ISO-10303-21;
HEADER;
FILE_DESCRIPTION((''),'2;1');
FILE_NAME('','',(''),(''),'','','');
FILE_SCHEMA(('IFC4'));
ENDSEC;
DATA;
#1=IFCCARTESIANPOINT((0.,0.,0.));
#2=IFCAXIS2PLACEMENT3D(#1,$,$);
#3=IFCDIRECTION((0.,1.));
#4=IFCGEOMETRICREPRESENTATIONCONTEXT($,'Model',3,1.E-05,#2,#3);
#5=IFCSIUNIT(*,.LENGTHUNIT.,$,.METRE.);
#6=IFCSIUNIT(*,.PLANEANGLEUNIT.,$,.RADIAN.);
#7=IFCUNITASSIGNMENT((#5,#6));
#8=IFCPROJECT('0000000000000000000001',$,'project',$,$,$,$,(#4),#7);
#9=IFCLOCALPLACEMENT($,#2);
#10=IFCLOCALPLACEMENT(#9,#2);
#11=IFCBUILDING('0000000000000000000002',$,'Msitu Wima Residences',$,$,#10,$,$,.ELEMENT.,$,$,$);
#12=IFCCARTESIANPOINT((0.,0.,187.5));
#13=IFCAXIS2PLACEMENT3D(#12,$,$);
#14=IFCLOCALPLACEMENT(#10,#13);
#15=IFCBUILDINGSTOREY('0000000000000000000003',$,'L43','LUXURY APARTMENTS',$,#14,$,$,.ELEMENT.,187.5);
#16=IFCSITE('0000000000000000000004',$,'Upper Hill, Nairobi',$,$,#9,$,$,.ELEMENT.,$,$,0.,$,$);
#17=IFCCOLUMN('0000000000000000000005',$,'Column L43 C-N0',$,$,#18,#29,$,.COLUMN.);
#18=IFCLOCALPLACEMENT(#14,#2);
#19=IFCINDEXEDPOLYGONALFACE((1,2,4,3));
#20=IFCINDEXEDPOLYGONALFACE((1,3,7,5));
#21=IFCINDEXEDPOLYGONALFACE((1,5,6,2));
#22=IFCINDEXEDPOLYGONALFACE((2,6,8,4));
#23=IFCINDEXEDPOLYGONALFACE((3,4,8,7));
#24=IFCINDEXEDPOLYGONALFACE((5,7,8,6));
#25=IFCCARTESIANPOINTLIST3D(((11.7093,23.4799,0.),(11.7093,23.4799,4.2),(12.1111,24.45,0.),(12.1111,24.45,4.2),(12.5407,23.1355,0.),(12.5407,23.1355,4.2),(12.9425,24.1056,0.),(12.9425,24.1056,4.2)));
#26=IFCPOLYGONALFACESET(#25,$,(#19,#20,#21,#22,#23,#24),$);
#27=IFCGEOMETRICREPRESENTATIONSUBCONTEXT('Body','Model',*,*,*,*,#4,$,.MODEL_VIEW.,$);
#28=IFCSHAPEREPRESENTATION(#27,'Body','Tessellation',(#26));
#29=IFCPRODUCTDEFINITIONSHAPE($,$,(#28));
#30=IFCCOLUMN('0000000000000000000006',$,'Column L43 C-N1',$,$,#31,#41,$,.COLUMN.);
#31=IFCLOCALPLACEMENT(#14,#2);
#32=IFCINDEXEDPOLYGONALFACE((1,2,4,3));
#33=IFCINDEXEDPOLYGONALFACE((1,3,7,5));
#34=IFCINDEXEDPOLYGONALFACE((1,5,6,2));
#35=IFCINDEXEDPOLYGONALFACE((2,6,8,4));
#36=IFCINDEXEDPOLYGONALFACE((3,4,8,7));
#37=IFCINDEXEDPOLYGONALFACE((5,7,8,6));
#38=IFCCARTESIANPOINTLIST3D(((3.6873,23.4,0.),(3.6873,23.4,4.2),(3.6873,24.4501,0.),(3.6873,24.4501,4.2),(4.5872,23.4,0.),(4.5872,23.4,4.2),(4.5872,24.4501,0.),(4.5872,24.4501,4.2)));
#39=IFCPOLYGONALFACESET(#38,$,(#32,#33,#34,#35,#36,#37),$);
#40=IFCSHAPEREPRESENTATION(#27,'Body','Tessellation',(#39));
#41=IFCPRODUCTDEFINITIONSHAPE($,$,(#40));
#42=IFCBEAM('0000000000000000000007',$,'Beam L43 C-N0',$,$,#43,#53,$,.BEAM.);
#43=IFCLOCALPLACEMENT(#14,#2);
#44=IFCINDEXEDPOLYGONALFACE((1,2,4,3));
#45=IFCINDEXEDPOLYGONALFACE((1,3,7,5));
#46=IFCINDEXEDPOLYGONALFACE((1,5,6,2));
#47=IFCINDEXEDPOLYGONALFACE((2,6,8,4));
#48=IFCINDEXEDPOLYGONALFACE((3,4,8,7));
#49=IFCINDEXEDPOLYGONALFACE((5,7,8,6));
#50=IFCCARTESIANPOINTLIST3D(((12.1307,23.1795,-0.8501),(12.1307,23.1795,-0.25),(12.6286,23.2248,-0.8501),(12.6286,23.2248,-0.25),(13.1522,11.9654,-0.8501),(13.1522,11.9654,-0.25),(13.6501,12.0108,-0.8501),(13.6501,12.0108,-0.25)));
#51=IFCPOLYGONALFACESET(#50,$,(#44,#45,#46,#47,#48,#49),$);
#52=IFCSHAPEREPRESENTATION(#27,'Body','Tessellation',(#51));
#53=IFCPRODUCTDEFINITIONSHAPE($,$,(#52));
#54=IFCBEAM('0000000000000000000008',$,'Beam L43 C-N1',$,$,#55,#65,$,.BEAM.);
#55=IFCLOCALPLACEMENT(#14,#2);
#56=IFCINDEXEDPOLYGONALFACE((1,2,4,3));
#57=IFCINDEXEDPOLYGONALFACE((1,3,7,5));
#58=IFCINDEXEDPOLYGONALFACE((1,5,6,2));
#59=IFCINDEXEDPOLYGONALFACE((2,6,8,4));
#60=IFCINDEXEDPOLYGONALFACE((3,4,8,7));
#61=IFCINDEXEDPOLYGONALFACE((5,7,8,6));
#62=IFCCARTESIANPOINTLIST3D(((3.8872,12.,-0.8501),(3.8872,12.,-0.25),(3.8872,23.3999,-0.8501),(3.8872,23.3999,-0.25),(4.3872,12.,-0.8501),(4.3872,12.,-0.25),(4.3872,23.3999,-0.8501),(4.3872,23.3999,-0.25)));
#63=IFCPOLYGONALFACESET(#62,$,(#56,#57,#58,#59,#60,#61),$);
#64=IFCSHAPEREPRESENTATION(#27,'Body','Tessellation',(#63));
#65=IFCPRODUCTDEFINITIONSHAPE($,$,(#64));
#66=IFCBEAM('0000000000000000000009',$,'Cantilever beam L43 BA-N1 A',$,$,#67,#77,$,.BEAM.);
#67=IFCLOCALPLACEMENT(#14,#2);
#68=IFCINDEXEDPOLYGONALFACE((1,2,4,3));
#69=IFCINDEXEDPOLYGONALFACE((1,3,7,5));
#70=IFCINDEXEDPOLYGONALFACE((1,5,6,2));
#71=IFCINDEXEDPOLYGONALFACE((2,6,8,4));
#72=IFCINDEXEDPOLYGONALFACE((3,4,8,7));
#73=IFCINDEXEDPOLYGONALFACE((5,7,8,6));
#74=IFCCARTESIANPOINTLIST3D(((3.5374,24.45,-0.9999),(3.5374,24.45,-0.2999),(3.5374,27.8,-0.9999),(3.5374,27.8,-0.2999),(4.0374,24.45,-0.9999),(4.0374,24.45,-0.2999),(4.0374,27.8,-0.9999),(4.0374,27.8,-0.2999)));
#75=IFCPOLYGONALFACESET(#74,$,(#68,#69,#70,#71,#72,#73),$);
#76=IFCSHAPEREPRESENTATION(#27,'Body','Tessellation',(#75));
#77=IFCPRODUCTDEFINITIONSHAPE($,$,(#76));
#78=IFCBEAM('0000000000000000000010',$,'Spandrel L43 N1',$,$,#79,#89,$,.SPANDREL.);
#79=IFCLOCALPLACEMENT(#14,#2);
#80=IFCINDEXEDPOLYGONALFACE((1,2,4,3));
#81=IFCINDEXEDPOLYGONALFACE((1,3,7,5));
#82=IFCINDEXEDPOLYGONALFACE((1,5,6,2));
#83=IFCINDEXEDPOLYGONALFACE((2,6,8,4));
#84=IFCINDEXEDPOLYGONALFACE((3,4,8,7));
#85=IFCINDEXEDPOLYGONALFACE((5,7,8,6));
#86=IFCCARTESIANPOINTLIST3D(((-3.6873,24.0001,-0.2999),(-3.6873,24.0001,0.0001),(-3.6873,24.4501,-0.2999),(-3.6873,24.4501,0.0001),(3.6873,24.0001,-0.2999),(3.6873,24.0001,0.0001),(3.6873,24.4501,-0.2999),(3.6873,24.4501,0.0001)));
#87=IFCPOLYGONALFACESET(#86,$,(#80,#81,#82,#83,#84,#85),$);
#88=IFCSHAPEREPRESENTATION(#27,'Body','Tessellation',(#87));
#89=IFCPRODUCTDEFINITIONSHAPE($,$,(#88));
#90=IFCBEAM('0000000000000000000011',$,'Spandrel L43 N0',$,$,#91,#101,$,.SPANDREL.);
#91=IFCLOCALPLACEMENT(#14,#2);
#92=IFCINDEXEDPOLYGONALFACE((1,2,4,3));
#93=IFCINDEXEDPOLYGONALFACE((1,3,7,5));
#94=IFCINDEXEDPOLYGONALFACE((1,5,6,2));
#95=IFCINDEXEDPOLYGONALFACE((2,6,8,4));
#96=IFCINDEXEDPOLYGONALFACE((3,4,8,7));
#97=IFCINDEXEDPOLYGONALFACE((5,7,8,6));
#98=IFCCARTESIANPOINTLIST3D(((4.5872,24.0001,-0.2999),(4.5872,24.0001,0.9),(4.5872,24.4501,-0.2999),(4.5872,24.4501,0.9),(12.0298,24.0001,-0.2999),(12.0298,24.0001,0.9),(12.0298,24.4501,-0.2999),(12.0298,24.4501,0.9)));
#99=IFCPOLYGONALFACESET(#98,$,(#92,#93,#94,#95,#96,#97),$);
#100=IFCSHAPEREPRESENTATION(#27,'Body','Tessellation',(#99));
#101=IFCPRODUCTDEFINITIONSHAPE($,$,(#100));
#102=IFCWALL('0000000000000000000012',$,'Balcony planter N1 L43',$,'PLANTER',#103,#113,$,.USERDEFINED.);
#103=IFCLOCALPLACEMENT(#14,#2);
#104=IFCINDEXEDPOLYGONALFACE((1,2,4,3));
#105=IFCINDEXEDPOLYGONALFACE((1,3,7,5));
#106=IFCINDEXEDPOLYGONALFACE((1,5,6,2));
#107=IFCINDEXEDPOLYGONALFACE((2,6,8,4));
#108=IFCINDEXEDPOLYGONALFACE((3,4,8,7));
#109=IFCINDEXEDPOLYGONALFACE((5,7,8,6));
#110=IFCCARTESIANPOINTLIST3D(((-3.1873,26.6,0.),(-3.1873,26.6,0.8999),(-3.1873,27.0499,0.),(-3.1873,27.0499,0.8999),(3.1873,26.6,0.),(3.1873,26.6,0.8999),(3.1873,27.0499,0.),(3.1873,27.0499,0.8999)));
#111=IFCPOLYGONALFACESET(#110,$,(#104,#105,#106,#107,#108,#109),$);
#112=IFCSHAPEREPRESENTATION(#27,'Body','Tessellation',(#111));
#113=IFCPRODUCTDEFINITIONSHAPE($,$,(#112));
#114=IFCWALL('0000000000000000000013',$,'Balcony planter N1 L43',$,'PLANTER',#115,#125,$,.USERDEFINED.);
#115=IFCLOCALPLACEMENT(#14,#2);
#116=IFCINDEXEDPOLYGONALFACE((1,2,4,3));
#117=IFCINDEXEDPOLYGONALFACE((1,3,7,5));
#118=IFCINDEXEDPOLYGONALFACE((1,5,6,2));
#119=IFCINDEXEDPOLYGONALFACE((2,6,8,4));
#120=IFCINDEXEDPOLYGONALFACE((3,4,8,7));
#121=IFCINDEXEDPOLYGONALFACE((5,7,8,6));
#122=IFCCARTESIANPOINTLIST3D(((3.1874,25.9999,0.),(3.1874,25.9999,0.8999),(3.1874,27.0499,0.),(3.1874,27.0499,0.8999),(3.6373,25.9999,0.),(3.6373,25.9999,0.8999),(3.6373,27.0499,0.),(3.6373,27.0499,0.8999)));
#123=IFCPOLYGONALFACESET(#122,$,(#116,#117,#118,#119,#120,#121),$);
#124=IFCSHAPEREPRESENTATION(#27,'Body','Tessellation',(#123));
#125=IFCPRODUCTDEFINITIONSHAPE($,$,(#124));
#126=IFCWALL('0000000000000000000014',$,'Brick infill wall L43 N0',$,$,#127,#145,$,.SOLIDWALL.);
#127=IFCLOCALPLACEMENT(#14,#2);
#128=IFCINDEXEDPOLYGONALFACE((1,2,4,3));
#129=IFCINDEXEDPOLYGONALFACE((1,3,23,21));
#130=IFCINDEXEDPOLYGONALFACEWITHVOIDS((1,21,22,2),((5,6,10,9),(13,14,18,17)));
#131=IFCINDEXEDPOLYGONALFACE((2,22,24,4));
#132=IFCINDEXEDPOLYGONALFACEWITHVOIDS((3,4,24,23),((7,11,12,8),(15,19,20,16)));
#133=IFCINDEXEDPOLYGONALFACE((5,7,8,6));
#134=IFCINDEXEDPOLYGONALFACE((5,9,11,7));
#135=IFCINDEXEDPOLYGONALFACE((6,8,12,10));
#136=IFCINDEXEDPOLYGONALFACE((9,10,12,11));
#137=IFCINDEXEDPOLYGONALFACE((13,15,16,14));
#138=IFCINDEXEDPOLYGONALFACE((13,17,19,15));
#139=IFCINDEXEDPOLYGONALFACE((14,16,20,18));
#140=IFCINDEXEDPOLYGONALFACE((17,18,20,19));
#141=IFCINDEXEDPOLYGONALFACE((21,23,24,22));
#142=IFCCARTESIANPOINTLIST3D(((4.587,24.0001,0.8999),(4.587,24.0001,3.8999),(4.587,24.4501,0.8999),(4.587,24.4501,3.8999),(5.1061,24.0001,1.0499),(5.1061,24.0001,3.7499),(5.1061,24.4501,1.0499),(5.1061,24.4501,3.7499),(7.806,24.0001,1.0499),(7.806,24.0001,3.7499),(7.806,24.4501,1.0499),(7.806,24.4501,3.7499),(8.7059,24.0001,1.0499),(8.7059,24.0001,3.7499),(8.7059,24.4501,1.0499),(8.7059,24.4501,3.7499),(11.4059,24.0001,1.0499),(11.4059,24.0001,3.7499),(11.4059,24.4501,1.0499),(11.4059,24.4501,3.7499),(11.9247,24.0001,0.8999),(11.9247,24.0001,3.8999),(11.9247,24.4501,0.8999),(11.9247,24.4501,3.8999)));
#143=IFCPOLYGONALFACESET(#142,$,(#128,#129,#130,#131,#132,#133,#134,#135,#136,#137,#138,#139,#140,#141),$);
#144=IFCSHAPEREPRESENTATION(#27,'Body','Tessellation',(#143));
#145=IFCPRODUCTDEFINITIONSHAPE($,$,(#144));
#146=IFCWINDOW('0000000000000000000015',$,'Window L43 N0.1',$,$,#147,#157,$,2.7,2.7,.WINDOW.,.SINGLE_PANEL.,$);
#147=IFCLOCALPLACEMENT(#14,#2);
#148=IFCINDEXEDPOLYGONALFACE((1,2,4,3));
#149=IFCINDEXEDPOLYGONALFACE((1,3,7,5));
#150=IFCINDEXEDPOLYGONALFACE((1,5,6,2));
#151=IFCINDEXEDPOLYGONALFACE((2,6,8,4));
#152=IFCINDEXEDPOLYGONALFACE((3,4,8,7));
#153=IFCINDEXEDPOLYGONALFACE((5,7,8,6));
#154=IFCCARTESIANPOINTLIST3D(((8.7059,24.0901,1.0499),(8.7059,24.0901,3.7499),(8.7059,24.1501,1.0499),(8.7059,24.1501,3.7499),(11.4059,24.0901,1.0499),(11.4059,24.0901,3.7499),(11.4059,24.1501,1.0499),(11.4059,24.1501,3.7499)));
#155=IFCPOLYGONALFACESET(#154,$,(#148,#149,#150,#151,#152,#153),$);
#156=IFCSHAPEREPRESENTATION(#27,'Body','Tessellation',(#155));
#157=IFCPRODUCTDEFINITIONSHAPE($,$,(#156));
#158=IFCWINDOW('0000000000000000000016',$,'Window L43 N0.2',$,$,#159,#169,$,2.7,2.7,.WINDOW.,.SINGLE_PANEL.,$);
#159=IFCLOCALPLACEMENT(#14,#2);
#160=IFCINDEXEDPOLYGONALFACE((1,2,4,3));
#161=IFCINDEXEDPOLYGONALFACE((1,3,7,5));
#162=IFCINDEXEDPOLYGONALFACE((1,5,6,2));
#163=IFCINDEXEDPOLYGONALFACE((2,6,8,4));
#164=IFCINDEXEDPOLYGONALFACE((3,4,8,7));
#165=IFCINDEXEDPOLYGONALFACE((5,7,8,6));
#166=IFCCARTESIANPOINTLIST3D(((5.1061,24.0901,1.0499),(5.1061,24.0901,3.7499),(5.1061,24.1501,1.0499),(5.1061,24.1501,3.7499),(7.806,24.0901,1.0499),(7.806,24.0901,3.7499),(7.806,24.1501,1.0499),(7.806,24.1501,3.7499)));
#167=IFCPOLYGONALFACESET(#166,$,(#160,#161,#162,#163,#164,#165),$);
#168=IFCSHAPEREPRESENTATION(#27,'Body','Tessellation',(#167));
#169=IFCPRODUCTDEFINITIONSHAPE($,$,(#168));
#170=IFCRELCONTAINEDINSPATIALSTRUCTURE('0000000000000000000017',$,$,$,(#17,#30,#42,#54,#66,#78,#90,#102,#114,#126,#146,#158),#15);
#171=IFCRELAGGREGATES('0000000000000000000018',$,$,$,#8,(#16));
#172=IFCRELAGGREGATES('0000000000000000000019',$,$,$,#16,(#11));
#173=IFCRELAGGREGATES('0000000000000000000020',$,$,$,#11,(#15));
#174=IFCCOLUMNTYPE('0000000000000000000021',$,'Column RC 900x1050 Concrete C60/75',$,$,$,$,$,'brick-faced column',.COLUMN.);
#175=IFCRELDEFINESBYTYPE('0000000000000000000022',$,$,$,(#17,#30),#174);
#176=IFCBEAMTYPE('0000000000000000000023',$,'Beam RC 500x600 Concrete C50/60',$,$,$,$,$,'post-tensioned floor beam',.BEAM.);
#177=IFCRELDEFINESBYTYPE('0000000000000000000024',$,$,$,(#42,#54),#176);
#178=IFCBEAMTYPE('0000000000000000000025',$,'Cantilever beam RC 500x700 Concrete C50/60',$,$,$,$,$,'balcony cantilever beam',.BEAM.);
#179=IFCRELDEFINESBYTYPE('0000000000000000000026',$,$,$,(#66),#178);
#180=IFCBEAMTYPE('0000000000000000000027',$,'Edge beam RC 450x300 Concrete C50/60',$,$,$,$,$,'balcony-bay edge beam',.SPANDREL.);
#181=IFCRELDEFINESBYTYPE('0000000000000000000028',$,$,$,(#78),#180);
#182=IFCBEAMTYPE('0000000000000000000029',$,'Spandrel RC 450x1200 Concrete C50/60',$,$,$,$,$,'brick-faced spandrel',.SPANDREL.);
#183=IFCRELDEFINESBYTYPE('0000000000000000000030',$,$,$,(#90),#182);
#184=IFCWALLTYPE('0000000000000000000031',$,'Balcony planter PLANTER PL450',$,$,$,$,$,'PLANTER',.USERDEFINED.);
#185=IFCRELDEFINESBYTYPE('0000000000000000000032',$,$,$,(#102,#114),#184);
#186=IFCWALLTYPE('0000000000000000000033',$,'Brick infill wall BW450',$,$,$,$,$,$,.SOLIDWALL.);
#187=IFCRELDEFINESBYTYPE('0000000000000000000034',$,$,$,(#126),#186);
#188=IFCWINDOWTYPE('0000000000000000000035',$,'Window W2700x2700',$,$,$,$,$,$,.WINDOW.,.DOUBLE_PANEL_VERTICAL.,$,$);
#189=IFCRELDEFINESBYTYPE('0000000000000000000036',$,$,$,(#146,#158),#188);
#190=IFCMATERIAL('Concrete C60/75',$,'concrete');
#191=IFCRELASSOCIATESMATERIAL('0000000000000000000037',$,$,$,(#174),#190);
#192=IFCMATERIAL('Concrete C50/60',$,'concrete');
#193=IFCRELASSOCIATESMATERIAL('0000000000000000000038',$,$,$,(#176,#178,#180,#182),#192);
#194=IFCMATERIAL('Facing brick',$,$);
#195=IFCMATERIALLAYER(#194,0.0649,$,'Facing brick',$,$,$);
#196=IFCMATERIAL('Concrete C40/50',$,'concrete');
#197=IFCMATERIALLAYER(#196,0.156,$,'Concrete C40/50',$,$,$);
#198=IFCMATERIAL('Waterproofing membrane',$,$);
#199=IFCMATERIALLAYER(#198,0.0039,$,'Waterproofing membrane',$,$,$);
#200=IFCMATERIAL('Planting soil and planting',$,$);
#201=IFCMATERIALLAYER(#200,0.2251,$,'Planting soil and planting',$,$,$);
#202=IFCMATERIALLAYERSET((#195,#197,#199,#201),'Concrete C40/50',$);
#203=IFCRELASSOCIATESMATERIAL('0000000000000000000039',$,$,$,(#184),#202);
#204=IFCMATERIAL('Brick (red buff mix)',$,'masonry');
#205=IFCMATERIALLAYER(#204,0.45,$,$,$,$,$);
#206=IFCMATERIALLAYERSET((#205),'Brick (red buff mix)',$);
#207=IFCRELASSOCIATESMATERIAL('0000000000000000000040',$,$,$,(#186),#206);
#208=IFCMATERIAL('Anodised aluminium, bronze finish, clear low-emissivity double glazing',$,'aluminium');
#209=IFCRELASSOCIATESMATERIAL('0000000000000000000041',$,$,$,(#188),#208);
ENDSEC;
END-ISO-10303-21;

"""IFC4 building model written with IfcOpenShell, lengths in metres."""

from ifc_helpers import new_model, si_unit, direction, frame, frame_2d, origin, origin_2d, place, context, subcontext, project, spatial, rectangle, extrude, material, layer, layer_set, material_profile, profile_set, type_object, element, fill, save


model = new_model("IFC4")

# Units and contexts
model_context = context("Model", 3, precision=1e-05, world=origin(), true_north=direction((0.0, 1.0)))
body_context = subcontext(model_context, "Body", "Model", "MODEL_VIEW")
ifc_project = project(units=[si_unit("LENGTHUNIT", "METRE"), si_unit("PLANEANGLEUNIT", "RADIAN")], contexts=[model_context])

# Site, building, storey
site_placement = place(None, origin())
site = spatial("IfcSite", under=ifc_project, at=site_placement, Name="Upper Hill, Nairobi", CompositionType="ELEMENT", RefElevation=0.0)
building_placement = place(site_placement, origin())
building = spatial("IfcBuilding", under=site, at=building_placement, Name="Msitu Wima Residences", CompositionType="ELEMENT")
storey_placement = place(building_placement, frame((0.0, 0.0, 187.5)))
storey = spatial("IfcBuildingStorey", under=building, at=storey_placement, Name="L43", Description="LUXURY APARTMENTS", CompositionType="ELEMENT", Elevation=187.5)

# Columns
ifc_material_1 = material(Name="Concrete C60/75", Category="concrete")
ifc_material_profile_1 = material_profile(ifc_material_1, rectangle(XDim=0.8999, YDim=1.05, at=origin_2d()), Name="RC 900x1050")
ifc_profile_set_1 = profile_set([ifc_material_profile_1], Name="Concrete C60/75")
column_type = type_object("IfcColumnType", Name="Column RC 900x1050 Concrete C60/75", ElementType="brick-faced column", PredefinedType="COLUMN", material=ifc_profile_set_1)
for number, where, z_axis, x_axis, name in (
    (1, (12.3259, 23.7927, 0.0), (0.0, 0.0, 1.0), (-0.92388, 0.382683, 0.0), "Column L43 C-N0"),
    (2, (4.1372, 23.925, 0.0), (0.0, 0.0, 1.0), (-1.0, 0.0, 0.0), "Column L43 C-N1"),
):
    element("IfcColumn", number, at=place(storey_placement, frame(where, z_axis=z_axis, x_axis=x_axis)), inside=storey, type_object=column_type, Name=name, PredefinedType="COLUMN", context=body_context, shape_type="SweptSolid", body=[
        extrude(rectangle(XDim=0.8999, YDim=1.05, at=origin_2d()), origin(), (0.0, 0.0, 1.0), 4.2),
    ])

# Beams
ifc_material_2 = material(Name="Concrete C50/60", Category="concrete")
ifc_material_profile_2 = material_profile(ifc_material_2, rectangle(XDim=0.5, YDim=0.6001, at=origin_2d()), Name="RC 500x600")
ifc_profile_set_2 = profile_set([ifc_material_profile_2], Name="Concrete C50/60")
beam_type_1 = type_object("IfcBeamType", Name="Beam RC 500x600 Concrete C50/60", ElementType="post-tensioned floor beam", PredefinedType="BEAM", material=ifc_profile_set_2)
beam_1_placement = place(storey_placement, frame((12.3796, 23.2021, -0.55), z_axis=(0.090714, -0.995877, 0.0), x_axis=(0.995877, 0.090714, 0.0)))
element("IfcBeam", 3, at=beam_1_placement, inside=storey, type_object=beam_type_1, Name="Beam L43 C-N0", PredefinedType="BEAM", context=body_context, shape_type="SweptSolid", body=[
    extrude(rectangle(XDim=0.5, YDim=0.6001, at=origin_2d()), origin(), (0.0, 0.0, 1.0), 11.2605),
])
beam_2_placement = place(storey_placement, frame((4.1372, 23.3999, -0.55), z_axis=(0.0, -1.0, 0.0), x_axis=(1.0, 0.0, 0.0)))
element("IfcBeam", 4, at=beam_2_placement, inside=storey, type_object=beam_type_1, Name="Beam L43 C-N1", PredefinedType="BEAM", context=body_context, shape_type="SweptSolid", body=[
    extrude(rectangle(XDim=0.5, YDim=0.6001, at=origin_2d()), origin(), (0.0, 0.0, 1.0), 11.3999),
])
ifc_material_profile_3 = material_profile(ifc_material_2, rectangle(XDim=0.5, YDim=0.7, at=origin_2d()), Name="RC 500x700")
ifc_profile_set_3 = profile_set([ifc_material_profile_3], Name="Concrete C50/60")
beam_type_2 = type_object("IfcBeamType", Name="Cantilever beam RC 500x700 Concrete C50/60", ElementType="balcony cantilever beam", PredefinedType="BEAM", material=ifc_profile_set_3)
beam_3_placement = place(storey_placement, frame((3.7874, 24.45, -0.6499), z_axis=(0.0, 1.0, 0.0), x_axis=(-1.0, 0.0, 0.0)))
element("IfcBeam", 5, at=beam_3_placement, inside=storey, type_object=beam_type_2, Name="Cantilever beam L43 BA-N1 A", PredefinedType="BEAM", context=body_context, shape_type="SweptSolid", body=[
    extrude(rectangle(XDim=0.5, YDim=0.7, at=origin_2d()), origin(), (0.0, 0.0, 1.0), 3.3501),
])
ifc_material_profile_4 = material_profile(ifc_material_2, rectangle(XDim=0.45, YDim=0.3, at=origin_2d()), Name="RC 450x300")
ifc_profile_set_4 = profile_set([ifc_material_profile_4], Name="Concrete C50/60")
beam_type_3 = type_object("IfcBeamType", Name="Edge beam RC 450x300 Concrete C50/60", ElementType="balcony-bay edge beam", PredefinedType="SPANDREL", material=ifc_profile_set_4)
beam_4_placement = place(storey_placement, frame((3.6873, 24.2251, -0.1499), z_axis=(-1.0, 0.0, 0.0), x_axis=(0.0, -1.0, 0.0)))
element("IfcBeam", 6, at=beam_4_placement, inside=storey, type_object=beam_type_3, Name="Spandrel L43 N1", PredefinedType="SPANDREL", context=body_context, shape_type="SweptSolid", body=[
    extrude(rectangle(XDim=0.45, YDim=0.3, at=origin_2d()), origin(), (0.0, 0.0, 1.0), 7.3745),
])
ifc_material_profile_5 = material_profile(ifc_material_2, rectangle(XDim=0.45, YDim=1.2, at=origin_2d()), Name="RC 450x1200")
ifc_profile_set_5 = profile_set([ifc_material_profile_5], Name="Concrete C50/60")
beam_type_4 = type_object("IfcBeamType", Name="Spandrel RC 450x1200 Concrete C50/60", ElementType="brick-faced spandrel", PredefinedType="SPANDREL", material=ifc_profile_set_5)
beam_5_placement = place(storey_placement, frame((12.0298, 24.2251, 0.3), z_axis=(-1.0, 0.0, 0.0), x_axis=(0.0, -1.0, 0.0)))
element("IfcBeam", 7, at=beam_5_placement, inside=storey, type_object=beam_type_4, Name="Spandrel L43 N0", PredefinedType="SPANDREL", context=body_context, shape_type="SweptSolid", body=[
    extrude(rectangle(XDim=0.45, YDim=1.2, at=origin_2d()), origin(), (0.0, 0.0, 1.0), 7.4426),
])

# Walls
ifc_material_3 = material(Name="Facing brick")
ifc_layer_1 = layer(ifc_material_3, 0.0649, Name="Facing brick")
ifc_material_4 = material(Name="Concrete C40/50", Category="concrete")
ifc_layer_2 = layer(ifc_material_4, 0.156, Name="Concrete C40/50")
ifc_material_5 = material(Name="Waterproofing membrane")
ifc_layer_3 = layer(ifc_material_5, 0.0039, Name="Waterproofing membrane")
ifc_material_6 = material(Name="Planting soil and planting")
ifc_layer_4 = layer(ifc_material_6, 0.2251, Name="Planting soil and planting")
ifc_layer_set_1 = layer_set([ifc_layer_1, ifc_layer_2, ifc_layer_3, ifc_layer_4], Name="Concrete C40/50")
wall_type_1 = type_object("IfcWallType", Name="Balcony planter PLANTER PL450", ElementType="PLANTER", PredefinedType="USERDEFINED", material=ifc_layer_set_1)
wall_1_placement = place(storey_placement, frame((3.1873, 26.825, 0.0), z_axis=(0.0, 0.0, 1.0), x_axis=(-1.0, 0.0, 0.0)))
element("IfcWall", 8, at=wall_1_placement, inside=storey, type_object=wall_type_1, Name="Balcony planter N1 L43", ObjectType="PLANTER", PredefinedType="USERDEFINED", context=body_context, shape_type="SweptSolid", body=[
    extrude(rectangle(XDim=6.3745, YDim=0.45, at=frame_2d((3.1873, 0.0))), origin(), (0.0, 0.0, 1.0), 0.8999),
])
wall_2_placement = place(storey_placement, frame((3.4124, 26.0, 0.0), z_axis=(0.0, 0.0, 1.0), x_axis=(0.0, 1.0, 0.0)))
element("IfcWall", 9, at=wall_2_placement, inside=storey, type_object=wall_type_1, Name="Balcony planter N1 L43", ObjectType="PLANTER", PredefinedType="USERDEFINED", context=body_context, shape_type="SweptSolid", body=[
    extrude(rectangle(XDim=1.05, YDim=0.45, at=frame_2d((0.5249, 0.0))), origin(), (0.0, 0.0, 1.0), 0.8999),
])

# Wall, openings, windows
ifc_material_7 = material(Name="Brick (red buff mix)", Category="masonry")
ifc_layer_5 = layer(ifc_material_7, 0.45)
ifc_layer_set_2 = layer_set([ifc_layer_5], Name="Brick (red buff mix)")
wall_type_2 = type_object("IfcWallType", Name="Brick infill wall BW450", PredefinedType="SOLIDWALL", material=ifc_layer_set_2)
wall_3_placement = place(storey_placement, frame((11.9248, 24.2251, 0.8999), z_axis=(0.0, 0.0, 1.0), x_axis=(-1.0, 0.0, 0.0)))
wall_3 = element("IfcWall", 10, at=wall_3_placement, inside=storey, type_object=wall_type_2, Name="Brick infill wall L43 N0", PredefinedType="SOLIDWALL", context=body_context, shape_type="SweptSolid", body=[
    extrude(rectangle(XDim=7.3376, YDim=0.45, at=frame_2d((3.6689, 0.0))), origin(), (0.0, 0.0, 1.0), 3.0),
])
opening_1_placement = place(wall_3_placement, frame((0.5188, 0.0, 0.1499)))
opening_1 = element("IfcOpeningElement", 11, at=opening_1_placement, cuts=wall_3, PredefinedType="OPENING", context=body_context, shape_type="SweptSolid", body=[
    extrude(rectangle(XDim=2.7, YDim=2.7, at=frame_2d((1.3501, 1.3501))), frame((0.0, 0.2349, 0.0), z_axis=(0.0, -1.0, 0.0), x_axis=(1.0, 0.0, 0.0)), (0.0, 0.0, 1.0), 0.47),
])
opening_2_placement = place(wall_3_placement, frame((4.1187, 0.0, 0.1499)))
opening_2 = element("IfcOpeningElement", 12, at=opening_2_placement, cuts=wall_3, PredefinedType="OPENING", context=body_context, shape_type="SweptSolid", body=[
    extrude(rectangle(XDim=2.7, YDim=2.7, at=frame_2d((1.3501, 1.3501))), frame((0.0, 0.2349, 0.0), z_axis=(0.0, -1.0, 0.0), x_axis=(1.0, 0.0, 0.0)), (0.0, 0.0, 1.0), 0.47),
])
ifc_material_8 = material(Name="Anodised aluminium, bronze finish, clear low-emissivity double glazing", Category="aluminium")
window_type = type_object("IfcWindowType", Name="Window W2700x2700", PartitioningType="DOUBLE_PANEL_VERTICAL", PredefinedType="WINDOW", material=ifc_material_8)
window_1_placement = place(opening_1_placement, origin())
window_1 = element("IfcWindow", 13, at=window_1_placement, inside=storey, type_object=window_type, Name="Window L43 N0.1", OverallHeight=2.7, OverallWidth=2.7, PartitioningType="SINGLE_PANEL", PredefinedType="WINDOW", context=body_context, shape_type="SweptSolid", body=[
    extrude(rectangle(XDim=2.7, YDim=2.7, at=frame_2d((1.3501, 1.3501))), frame((0.0, 0.135, 0.0), z_axis=(0.0, -1.0, 0.0), x_axis=(1.0, 0.0, 0.0)), (0.0, 0.0, 1.0), 0.0601),
])
fill(opening_1, window_1)
window_2_placement = place(opening_2_placement, origin())
window_2 = element("IfcWindow", 14, at=window_2_placement, inside=storey, type_object=window_type, Name="Window L43 N0.2", OverallHeight=2.7, OverallWidth=2.7, PartitioningType="SINGLE_PANEL", PredefinedType="WINDOW", context=body_context, shape_type="SweptSolid", body=[
    extrude(rectangle(XDim=2.7, YDim=2.7, at=frame_2d((1.3501, 1.3501))), frame((0.0, 0.135, 0.0), z_axis=(0.0, -1.0, 0.0), x_axis=(1.0, 0.0, 0.0)), (0.0, 0.0, 1.0), 0.0601),
])
fill(opening_2, window_2)

save(model, "model.ifc")
